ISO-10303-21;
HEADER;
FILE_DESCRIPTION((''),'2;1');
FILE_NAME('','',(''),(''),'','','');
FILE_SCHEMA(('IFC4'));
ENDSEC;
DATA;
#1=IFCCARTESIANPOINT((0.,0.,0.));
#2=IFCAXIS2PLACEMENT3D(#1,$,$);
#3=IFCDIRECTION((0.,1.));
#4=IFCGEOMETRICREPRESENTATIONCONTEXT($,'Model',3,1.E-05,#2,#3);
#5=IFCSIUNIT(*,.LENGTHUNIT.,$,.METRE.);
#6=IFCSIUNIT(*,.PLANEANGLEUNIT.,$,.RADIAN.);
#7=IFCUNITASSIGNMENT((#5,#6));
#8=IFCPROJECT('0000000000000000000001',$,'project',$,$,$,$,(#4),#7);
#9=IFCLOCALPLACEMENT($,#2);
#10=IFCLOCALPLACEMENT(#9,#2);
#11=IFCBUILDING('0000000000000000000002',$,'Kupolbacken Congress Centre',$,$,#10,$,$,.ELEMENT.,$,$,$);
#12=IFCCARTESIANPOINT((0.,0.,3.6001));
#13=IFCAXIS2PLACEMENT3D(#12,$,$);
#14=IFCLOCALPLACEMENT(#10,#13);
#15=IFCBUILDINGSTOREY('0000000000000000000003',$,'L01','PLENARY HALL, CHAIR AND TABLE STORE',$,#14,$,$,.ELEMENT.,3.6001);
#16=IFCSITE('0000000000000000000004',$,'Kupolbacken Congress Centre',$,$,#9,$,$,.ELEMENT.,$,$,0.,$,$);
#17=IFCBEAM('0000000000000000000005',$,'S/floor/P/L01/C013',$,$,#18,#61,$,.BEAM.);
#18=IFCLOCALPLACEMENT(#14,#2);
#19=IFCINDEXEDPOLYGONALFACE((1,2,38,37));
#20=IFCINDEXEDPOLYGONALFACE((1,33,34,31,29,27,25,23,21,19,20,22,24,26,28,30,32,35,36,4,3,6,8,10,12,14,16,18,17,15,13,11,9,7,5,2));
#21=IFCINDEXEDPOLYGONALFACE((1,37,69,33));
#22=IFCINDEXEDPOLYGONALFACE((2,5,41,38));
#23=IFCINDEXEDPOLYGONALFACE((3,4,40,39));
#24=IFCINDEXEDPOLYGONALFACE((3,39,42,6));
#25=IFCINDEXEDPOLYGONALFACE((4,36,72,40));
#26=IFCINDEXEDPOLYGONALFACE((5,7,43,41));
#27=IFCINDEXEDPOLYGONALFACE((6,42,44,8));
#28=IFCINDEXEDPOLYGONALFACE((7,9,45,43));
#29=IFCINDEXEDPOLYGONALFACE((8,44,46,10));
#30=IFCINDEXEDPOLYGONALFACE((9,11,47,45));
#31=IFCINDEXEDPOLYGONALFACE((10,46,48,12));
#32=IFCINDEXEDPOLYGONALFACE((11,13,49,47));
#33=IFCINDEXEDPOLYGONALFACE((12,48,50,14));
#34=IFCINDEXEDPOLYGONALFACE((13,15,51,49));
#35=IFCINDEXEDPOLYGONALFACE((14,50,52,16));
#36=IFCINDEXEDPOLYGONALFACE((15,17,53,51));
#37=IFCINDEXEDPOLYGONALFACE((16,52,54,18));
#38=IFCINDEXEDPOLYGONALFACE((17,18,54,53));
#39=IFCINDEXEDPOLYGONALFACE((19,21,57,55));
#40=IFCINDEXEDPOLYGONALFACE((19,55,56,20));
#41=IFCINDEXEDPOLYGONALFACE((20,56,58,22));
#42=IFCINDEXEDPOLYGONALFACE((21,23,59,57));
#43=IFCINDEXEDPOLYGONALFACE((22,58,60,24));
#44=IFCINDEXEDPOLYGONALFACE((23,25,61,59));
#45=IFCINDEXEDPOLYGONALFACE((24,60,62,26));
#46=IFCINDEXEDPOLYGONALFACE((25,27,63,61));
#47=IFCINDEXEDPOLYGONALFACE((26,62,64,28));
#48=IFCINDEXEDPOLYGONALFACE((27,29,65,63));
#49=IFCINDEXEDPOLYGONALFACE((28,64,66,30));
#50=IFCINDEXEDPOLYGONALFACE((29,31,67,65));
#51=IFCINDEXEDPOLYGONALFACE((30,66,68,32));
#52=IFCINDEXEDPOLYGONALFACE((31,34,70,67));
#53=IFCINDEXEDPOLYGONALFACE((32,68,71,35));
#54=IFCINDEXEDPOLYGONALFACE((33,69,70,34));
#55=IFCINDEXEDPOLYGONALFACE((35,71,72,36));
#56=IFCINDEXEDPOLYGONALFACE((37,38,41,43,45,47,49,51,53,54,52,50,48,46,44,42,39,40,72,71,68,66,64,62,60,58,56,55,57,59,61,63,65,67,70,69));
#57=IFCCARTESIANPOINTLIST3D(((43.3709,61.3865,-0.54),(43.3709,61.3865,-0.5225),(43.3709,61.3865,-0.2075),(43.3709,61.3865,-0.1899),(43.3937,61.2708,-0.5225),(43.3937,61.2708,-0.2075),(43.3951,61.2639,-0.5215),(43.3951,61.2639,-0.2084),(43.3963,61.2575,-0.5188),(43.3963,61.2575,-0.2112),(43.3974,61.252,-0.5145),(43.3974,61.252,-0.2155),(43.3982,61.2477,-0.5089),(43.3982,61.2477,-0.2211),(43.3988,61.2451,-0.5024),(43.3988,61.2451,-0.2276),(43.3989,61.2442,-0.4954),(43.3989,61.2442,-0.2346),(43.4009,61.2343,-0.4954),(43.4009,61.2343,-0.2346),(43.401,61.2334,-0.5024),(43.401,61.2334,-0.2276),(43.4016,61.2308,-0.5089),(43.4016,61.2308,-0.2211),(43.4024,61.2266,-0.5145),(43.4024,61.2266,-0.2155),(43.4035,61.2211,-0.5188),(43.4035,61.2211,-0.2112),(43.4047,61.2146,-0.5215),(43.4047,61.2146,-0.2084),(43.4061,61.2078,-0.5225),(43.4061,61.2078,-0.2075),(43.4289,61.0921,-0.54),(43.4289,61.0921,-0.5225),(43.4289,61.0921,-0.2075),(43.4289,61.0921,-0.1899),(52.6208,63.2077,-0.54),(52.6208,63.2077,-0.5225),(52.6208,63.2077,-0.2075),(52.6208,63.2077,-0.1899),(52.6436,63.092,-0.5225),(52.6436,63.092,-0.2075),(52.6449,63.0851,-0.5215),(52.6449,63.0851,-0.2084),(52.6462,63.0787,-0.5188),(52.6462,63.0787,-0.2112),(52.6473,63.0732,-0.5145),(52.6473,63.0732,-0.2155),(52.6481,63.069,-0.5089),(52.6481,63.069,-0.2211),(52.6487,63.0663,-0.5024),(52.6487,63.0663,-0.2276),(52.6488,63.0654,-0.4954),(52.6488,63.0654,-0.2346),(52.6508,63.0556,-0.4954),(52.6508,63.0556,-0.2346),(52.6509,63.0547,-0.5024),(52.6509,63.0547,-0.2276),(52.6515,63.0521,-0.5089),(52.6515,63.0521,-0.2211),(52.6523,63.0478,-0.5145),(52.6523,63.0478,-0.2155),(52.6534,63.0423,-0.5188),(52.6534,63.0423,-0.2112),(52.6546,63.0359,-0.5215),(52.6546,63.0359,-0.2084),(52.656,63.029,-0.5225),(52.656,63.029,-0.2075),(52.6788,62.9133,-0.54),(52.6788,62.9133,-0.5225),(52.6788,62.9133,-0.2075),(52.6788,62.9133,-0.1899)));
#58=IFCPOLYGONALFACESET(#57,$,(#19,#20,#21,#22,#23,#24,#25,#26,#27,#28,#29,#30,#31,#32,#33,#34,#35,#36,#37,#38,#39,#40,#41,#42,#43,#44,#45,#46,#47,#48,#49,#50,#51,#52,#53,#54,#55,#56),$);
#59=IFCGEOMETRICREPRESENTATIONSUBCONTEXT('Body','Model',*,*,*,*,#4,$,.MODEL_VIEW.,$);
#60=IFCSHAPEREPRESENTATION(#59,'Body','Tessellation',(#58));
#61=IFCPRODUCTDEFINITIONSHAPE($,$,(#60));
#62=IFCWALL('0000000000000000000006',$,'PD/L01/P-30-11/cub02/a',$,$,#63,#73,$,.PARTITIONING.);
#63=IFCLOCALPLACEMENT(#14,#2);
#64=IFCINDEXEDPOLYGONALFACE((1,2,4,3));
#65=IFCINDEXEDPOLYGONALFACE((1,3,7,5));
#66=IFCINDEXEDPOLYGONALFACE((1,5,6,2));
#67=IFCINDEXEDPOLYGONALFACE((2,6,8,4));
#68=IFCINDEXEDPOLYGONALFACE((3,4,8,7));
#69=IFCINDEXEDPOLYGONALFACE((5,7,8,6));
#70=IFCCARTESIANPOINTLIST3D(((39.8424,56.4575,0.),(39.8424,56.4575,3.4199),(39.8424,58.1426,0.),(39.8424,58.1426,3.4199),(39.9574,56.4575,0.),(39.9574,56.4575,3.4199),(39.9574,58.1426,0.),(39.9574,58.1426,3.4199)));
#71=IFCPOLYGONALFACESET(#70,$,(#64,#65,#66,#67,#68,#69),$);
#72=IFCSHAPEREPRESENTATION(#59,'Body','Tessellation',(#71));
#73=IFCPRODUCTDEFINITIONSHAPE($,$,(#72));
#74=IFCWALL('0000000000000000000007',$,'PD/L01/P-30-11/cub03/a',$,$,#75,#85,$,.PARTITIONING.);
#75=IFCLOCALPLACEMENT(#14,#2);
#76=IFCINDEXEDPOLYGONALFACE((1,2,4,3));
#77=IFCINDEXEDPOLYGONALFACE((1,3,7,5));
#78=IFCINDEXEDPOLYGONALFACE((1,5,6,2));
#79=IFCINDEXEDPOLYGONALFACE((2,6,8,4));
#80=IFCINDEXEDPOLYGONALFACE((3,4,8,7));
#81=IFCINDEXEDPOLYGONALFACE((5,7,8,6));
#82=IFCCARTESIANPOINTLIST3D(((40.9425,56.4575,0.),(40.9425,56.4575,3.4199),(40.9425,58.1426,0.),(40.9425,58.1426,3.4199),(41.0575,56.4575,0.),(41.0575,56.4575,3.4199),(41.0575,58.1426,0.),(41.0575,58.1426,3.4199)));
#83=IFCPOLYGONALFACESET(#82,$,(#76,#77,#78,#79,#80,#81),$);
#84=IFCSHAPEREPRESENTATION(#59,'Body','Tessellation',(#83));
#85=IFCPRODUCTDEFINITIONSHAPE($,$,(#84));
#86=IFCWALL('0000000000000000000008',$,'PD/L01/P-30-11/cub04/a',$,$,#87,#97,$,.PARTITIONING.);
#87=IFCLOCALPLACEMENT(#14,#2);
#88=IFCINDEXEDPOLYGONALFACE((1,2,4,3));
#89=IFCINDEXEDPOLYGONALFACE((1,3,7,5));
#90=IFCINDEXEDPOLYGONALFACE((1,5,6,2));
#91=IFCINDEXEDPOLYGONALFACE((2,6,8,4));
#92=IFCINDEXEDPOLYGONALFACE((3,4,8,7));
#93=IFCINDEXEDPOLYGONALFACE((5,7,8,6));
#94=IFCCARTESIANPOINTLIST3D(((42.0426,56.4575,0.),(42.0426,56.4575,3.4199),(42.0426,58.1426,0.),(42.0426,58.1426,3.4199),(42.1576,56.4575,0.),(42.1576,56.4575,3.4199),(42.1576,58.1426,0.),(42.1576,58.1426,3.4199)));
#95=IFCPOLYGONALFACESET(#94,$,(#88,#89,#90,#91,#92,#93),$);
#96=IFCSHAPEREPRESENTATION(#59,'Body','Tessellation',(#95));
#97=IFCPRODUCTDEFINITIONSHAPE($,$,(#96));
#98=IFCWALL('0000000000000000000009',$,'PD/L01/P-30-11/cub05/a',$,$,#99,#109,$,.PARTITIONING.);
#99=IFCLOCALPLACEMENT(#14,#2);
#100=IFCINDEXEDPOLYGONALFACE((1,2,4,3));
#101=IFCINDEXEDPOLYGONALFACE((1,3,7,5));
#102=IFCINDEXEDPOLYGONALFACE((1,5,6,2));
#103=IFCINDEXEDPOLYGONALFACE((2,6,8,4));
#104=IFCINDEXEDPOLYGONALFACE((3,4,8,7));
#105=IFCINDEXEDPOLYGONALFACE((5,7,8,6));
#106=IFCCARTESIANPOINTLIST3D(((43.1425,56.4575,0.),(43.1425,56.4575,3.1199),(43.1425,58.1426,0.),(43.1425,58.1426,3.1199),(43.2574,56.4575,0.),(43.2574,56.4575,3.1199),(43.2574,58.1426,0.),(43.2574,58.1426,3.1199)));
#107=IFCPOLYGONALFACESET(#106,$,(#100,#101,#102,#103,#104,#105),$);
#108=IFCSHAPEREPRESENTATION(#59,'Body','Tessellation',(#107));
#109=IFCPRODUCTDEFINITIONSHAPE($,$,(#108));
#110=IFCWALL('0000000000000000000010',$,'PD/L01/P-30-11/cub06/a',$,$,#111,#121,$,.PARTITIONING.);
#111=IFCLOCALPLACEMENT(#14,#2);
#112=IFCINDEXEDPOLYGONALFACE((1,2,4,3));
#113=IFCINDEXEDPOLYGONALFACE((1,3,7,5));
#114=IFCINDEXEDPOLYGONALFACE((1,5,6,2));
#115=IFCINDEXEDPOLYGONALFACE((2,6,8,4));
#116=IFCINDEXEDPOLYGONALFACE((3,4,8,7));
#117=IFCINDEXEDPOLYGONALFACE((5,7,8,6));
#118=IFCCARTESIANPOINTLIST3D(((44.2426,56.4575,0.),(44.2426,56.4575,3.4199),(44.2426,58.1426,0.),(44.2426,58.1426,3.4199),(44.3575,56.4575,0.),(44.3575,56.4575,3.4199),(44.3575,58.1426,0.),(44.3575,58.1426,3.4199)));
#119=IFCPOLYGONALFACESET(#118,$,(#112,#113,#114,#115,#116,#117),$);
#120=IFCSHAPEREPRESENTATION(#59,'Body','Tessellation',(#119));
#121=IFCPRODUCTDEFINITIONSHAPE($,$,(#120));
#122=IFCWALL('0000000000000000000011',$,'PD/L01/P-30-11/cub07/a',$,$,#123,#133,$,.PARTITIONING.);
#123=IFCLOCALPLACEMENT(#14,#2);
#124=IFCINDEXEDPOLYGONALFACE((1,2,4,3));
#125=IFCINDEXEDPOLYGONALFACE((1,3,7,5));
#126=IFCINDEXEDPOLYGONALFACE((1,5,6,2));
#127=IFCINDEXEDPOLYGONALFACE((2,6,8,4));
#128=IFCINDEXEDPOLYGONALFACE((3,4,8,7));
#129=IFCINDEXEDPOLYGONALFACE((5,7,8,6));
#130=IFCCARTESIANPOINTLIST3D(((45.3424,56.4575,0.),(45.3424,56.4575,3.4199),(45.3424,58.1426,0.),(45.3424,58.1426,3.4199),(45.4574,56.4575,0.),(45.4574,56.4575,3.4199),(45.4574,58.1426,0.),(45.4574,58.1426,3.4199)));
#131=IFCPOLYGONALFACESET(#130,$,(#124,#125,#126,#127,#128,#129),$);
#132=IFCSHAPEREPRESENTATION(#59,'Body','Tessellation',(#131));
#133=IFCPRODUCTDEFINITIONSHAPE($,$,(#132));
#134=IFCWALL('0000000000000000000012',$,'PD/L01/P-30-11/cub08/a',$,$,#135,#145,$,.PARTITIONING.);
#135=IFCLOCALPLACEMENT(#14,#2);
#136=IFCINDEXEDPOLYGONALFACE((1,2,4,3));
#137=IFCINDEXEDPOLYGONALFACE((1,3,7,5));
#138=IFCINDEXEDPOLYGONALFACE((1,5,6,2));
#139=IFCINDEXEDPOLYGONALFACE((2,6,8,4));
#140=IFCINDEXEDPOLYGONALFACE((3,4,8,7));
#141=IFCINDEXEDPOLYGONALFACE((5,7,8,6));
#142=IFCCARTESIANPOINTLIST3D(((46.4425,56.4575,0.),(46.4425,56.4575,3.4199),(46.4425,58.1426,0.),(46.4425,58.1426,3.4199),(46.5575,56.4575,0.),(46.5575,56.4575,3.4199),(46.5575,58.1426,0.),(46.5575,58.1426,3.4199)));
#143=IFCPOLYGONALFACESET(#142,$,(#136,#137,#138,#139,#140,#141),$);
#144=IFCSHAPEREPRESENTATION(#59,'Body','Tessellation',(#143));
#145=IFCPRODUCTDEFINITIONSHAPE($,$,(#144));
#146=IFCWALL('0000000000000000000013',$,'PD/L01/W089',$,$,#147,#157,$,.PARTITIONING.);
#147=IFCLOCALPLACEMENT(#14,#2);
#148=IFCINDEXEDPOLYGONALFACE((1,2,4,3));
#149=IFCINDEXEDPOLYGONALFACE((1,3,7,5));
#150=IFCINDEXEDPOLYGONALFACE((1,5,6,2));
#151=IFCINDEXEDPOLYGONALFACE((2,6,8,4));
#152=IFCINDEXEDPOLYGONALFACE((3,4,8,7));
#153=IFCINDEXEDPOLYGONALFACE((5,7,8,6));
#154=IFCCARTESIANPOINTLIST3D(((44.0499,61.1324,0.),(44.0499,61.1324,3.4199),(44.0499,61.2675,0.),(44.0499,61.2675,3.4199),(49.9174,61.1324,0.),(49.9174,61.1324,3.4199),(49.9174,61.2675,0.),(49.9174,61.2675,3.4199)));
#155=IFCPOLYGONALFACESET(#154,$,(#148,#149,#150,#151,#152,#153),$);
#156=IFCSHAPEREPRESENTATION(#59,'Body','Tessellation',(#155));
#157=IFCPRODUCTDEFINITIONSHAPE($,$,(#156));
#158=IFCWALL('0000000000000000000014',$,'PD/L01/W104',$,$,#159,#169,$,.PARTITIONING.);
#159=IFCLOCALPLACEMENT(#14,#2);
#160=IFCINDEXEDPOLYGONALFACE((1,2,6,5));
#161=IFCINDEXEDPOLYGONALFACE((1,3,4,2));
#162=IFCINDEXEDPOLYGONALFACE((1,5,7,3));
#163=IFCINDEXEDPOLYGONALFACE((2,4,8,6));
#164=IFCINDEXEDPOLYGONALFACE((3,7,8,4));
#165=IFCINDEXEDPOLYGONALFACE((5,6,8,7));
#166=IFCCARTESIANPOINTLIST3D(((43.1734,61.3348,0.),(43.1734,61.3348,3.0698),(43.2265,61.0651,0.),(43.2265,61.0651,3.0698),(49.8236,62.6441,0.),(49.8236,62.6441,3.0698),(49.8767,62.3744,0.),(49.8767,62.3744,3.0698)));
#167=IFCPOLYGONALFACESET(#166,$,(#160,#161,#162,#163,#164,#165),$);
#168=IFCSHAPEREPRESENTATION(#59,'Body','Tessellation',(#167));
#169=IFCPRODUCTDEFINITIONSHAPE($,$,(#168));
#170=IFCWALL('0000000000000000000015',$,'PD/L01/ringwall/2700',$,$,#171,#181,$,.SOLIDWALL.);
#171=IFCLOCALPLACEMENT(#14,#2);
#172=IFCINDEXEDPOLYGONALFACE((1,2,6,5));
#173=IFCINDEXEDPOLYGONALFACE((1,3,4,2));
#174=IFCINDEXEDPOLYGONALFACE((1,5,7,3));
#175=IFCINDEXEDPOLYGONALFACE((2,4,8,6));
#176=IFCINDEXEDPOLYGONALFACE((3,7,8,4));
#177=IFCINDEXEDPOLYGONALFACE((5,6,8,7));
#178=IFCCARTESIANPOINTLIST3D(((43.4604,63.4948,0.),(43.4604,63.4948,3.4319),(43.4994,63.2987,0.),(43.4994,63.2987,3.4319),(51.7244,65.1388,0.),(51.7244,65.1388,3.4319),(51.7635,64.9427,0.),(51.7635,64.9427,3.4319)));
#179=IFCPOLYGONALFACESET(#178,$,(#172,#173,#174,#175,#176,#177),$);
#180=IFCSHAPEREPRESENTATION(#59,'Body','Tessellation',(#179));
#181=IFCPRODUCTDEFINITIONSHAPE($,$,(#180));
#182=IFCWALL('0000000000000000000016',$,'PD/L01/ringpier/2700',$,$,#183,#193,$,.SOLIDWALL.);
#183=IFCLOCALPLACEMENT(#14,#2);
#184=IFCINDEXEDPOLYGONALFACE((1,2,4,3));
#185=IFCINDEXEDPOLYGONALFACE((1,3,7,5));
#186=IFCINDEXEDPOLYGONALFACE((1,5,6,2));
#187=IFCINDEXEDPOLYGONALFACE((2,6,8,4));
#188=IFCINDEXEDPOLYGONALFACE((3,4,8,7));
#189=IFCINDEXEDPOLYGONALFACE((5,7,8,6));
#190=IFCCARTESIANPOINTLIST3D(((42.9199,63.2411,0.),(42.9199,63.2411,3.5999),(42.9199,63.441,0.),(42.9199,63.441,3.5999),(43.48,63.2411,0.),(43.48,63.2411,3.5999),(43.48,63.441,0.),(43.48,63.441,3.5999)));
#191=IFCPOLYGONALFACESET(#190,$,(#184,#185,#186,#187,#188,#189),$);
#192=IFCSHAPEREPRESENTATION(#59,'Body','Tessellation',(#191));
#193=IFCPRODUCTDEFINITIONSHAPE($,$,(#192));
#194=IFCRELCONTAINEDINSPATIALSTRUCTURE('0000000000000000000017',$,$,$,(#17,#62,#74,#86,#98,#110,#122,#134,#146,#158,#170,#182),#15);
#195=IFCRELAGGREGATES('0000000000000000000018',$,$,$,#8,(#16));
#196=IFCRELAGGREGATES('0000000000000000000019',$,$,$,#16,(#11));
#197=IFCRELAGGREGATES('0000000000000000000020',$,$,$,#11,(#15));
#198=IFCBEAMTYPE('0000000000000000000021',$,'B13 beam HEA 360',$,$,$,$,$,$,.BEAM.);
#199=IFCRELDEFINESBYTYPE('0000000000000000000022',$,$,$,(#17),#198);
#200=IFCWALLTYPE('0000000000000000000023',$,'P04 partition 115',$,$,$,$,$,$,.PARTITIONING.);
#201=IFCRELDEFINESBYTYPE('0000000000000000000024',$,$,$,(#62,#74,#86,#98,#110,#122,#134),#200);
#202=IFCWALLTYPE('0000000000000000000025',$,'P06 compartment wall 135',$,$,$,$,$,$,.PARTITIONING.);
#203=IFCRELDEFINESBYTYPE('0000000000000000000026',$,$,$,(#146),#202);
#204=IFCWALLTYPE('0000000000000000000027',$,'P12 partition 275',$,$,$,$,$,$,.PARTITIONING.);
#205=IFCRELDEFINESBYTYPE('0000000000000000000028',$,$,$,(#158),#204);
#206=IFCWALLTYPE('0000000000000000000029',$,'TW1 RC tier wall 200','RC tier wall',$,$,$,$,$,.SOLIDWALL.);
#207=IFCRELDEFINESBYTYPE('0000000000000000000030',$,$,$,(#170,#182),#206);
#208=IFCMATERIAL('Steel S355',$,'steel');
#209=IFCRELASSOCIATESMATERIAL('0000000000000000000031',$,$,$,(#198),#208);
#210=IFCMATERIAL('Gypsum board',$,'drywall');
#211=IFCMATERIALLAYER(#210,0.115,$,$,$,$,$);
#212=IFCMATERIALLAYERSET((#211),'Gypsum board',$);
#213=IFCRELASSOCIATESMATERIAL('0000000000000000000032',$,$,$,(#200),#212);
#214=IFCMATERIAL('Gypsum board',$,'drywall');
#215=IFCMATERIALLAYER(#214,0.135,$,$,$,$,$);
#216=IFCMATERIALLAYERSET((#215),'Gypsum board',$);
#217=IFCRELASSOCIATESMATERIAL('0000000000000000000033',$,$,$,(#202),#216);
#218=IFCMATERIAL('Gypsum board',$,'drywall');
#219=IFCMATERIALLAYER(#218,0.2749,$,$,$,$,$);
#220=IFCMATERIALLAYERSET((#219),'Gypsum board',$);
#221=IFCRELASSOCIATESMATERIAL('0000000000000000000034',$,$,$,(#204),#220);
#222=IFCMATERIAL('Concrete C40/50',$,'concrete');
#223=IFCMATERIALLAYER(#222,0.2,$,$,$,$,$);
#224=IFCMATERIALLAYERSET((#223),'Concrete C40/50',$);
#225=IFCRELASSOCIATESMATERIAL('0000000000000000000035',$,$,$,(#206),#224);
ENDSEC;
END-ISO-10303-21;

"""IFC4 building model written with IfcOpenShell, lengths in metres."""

from ifc_helpers import new_model, si_unit, direction, frame, frame_2d, origin, origin_2d, place, context, subcontext, project, spatial, rectangle, i_section, extrude, material, layer, layer_set, material_profile, profile_set, type_object, element, save


model = new_model("IFC4")

# Units and contexts
model_context = context("Model", 3, precision=1e-05, world=origin(), true_north=direction((0.0, 1.0)))
body_context = subcontext(model_context, "Body", "Model", "MODEL_VIEW")
ifc_project = project(units=[si_unit("LENGTHUNIT", "METRE"), si_unit("PLANEANGLEUNIT", "RADIAN")], contexts=[model_context])

# Site, building, storey
site_placement = place(None, origin())
site = spatial("IfcSite", under=ifc_project, at=site_placement, Name="Kupolbacken Congress Centre", CompositionType="ELEMENT", RefElevation=0.0)
building_placement = place(site_placement, origin())
building = spatial("IfcBuilding", under=site, at=building_placement, Name="Kupolbacken Congress Centre", CompositionType="ELEMENT")
storey_placement = place(building_placement, frame((0.0, 0.0, 3.6001)))
storey = spatial("IfcBuildingStorey", under=building, at=storey_placement, Name="L01", Description="PLENARY HALL, CHAIR AND TABLE STORE", CompositionType="ELEMENT", Elevation=3.6001)

# Beam
ifc_material_1 = material(Name="Steel S355", Category="steel")
ifc_material_profile_1 = material_profile(ifc_material_1, i_section(OverallWidth=0.3, OverallDepth=0.3501, WebThickness=0.01, FlangeThickness=0.0176, FilletRadius=0.0271, at=origin_2d()), Name="HEA 360")
ifc_profile_set_1 = profile_set([ifc_material_profile_1], Name="Steel S355")
beam_type_1 = type_object("IfcBeamType", Name="B13 beam HEA 360", PredefinedType="BEAM", material=ifc_profile_set_1)
beam_1_placement = place(storey_placement, frame((43.3999, 61.2393, -0.365), z_axis=(0.981162, 0.193187, 0.0), x_axis=(-0.193187, 0.981162, 0.0)))
element("IfcBeam", 1, at=beam_1_placement, inside=storey, type_object=beam_type_1, Name="S/floor/P/L01/C013", PredefinedType="BEAM", context=body_context, shape_type="SweptSolid", body=[
    extrude(i_section(OverallWidth=0.3, OverallDepth=0.3501, WebThickness=0.01, FlangeThickness=0.0176, FilletRadius=0.0271, at=origin_2d()), origin(), (0.0, 0.0, 1.0), 9.4275),
])

# Walls
ifc_material_2 = material(Name="Gypsum board", Category="drywall")
ifc_layer_1 = layer(ifc_material_2, 0.115)
ifc_layer_set_1 = layer_set([ifc_layer_1], Name="Gypsum board")
wall_type_1 = type_object("IfcWallType", Name="P04 partition 115", PredefinedType="PARTITIONING", material=ifc_layer_set_1)
for number, where, z_axis, x_axis, name in (
    (2, (39.8999, 58.1426, 0.0), (0.0, 0.0, 1.0), (0.0, -1.0, 0.0), "PD/L01/P-30-11/cub02/a"),
    (3, (41.0, 58.1426, 0.0), (0.0, 0.0, 1.0), (0.0, -1.0, 0.0), "PD/L01/P-30-11/cub03/a"),
    (4, (42.1001, 58.1426, 0.0), (0.0, 0.0, 1.0), (0.0, -1.0, 0.0), "PD/L01/P-30-11/cub04/a"),
):
    element("IfcWall", number, at=place(storey_placement, frame(where, z_axis=z_axis, x_axis=x_axis)), inside=storey, type_object=wall_type_1, Name=name, PredefinedType="PARTITIONING", context=body_context, shape_type="SweptSolid", body=[
        extrude(rectangle(XDim=1.6851, YDim=0.115, at=frame_2d((0.8425, 0.0))), origin(), (0.0, 0.0, 1.0), 3.4199),
    ])
wall_1_placement = place(storey_placement, frame((43.2, 58.1426, 0.0), z_axis=(0.0, 0.0, 1.0), x_axis=(0.0, -1.0, 0.0)))
element("IfcWall", 5, at=wall_1_placement, inside=storey, type_object=wall_type_1, Name="PD/L01/P-30-11/cub05/a", PredefinedType="PARTITIONING", context=body_context, shape_type="SweptSolid", body=[
    extrude(rectangle(XDim=1.6851, YDim=0.115, at=frame_2d((0.8425, 0.0))), origin(), (0.0, 0.0, 1.0), 3.1199),
])
for number, where, z_axis, x_axis, name in (
    (6, (44.3, 58.1426, 0.0), (0.0, 0.0, 1.0), (0.0, -1.0, 0.0), "PD/L01/P-30-11/cub06/a"),
    (7, (45.3999, 58.1426, 0.0), (0.0, 0.0, 1.0), (0.0, -1.0, 0.0), "PD/L01/P-30-11/cub07/a"),
    (8, (46.5, 58.1426, 0.0), (0.0, 0.0, 1.0), (0.0, -1.0, 0.0), "PD/L01/P-30-11/cub08/a"),
):
    element("IfcWall", number, at=place(storey_placement, frame(where, z_axis=z_axis, x_axis=x_axis)), inside=storey, type_object=wall_type_1, Name=name, PredefinedType="PARTITIONING", context=body_context, shape_type="SweptSolid", body=[
        extrude(rectangle(XDim=1.6851, YDim=0.115, at=frame_2d((0.8425, 0.0))), origin(), (0.0, 0.0, 1.0), 3.4199),
    ])
ifc_material_3 = material(Name="Gypsum board", Category="drywall")
ifc_layer_2 = layer(ifc_material_3, 0.135)
ifc_layer_set_2 = layer_set([ifc_layer_2], Name="Gypsum board")
wall_type_2 = type_object("IfcWallType", Name="P06 compartment wall 135", PredefinedType="PARTITIONING", material=ifc_layer_set_2)
wall_2_placement = place(storey_placement, frame((44.05, 61.2, 0.0), z_axis=(0.0, 0.0, 1.0), x_axis=(1.0, 0.0, 0.0)))
element("IfcWall", 9, at=wall_2_placement, inside=storey, type_object=wall_type_2, Name="PD/L01/W089", PredefinedType="PARTITIONING", context=body_context, shape_type="SweptSolid", body=[
    extrude(rectangle(XDim=5.8674, YDim=0.135, at=frame_2d((2.9336, 0.0))), origin(), (0.0, 0.0, 1.0), 3.4199),
])
ifc_material_4 = material(Name="Gypsum board", Category="drywall")
ifc_layer_3 = layer(ifc_material_4, 0.2749)
ifc_layer_set_3 = layer_set([ifc_layer_3], Name="Gypsum board")
wall_type_3 = type_object("IfcWallType", Name="P12 partition 275", PredefinedType="PARTITIONING", material=ifc_layer_set_3)
wall_3_placement = place(storey_placement, frame((43.2, 61.2, 0.0), z_axis=(0.0, 0.0, 1.0), x_axis=(0.981164, 0.193178, 0.0)))
element("IfcWall", 10, at=wall_3_placement, inside=storey, type_object=wall_type_3, Name="PD/L01/W104", PredefinedType="PARTITIONING", context=body_context, shape_type="SweptSolid", body=[
    extrude(rectangle(XDim=6.7778, YDim=0.2749, at=frame_2d((3.3889, 0.0))), origin(), (0.0, 0.0, 1.0), 3.0698),
])
ifc_material_5 = material(Name="Concrete C40/50", Category="concrete")
ifc_layer_4 = layer(ifc_material_5, 0.2)
ifc_layer_set_4 = layer_set([ifc_layer_4], Name="Concrete C40/50")
wall_type_4 = type_object("IfcWallType", Name="TW1 RC tier wall 200", Description="RC tier wall", PredefinedType="SOLIDWALL", material=ifc_layer_set_4)
wall_4_placement = place(storey_placement, frame((43.48, 63.3967, 0.0), z_axis=(0.0, 0.0, 1.0), x_axis=(0.980781, 0.195113, 0.0)))
element("IfcWall", 11, at=wall_4_placement, inside=storey, type_object=wall_type_4, Name="PD/L01/ringwall/2700", PredefinedType="SOLIDWALL", context=body_context, shape_type="SweptSolid", body=[
    extrude(rectangle(XDim=8.426, YDim=0.2, at=frame_2d((4.2129, 0.0))), origin(), (0.0, 0.0, 1.0), 3.4319),
])
wall_5_placement = place(storey_placement, frame((42.9199, 63.3411, 0.0), z_axis=(0.0, 0.0, 1.0), x_axis=(1.0, 0.0, 0.0)))
element("IfcWall", 12, at=wall_5_placement, inside=storey, type_object=wall_type_4, Name="PD/L01/ringpier/2700", PredefinedType="SOLIDWALL", context=body_context, shape_type="SweptSolid", body=[
    extrude(rectangle(XDim=0.5601, YDim=0.2, at=frame_2d((0.28, 0.0))), origin(), (0.0, 0.0, 1.0), 3.5999),
])

save(model, "model.ifc")
